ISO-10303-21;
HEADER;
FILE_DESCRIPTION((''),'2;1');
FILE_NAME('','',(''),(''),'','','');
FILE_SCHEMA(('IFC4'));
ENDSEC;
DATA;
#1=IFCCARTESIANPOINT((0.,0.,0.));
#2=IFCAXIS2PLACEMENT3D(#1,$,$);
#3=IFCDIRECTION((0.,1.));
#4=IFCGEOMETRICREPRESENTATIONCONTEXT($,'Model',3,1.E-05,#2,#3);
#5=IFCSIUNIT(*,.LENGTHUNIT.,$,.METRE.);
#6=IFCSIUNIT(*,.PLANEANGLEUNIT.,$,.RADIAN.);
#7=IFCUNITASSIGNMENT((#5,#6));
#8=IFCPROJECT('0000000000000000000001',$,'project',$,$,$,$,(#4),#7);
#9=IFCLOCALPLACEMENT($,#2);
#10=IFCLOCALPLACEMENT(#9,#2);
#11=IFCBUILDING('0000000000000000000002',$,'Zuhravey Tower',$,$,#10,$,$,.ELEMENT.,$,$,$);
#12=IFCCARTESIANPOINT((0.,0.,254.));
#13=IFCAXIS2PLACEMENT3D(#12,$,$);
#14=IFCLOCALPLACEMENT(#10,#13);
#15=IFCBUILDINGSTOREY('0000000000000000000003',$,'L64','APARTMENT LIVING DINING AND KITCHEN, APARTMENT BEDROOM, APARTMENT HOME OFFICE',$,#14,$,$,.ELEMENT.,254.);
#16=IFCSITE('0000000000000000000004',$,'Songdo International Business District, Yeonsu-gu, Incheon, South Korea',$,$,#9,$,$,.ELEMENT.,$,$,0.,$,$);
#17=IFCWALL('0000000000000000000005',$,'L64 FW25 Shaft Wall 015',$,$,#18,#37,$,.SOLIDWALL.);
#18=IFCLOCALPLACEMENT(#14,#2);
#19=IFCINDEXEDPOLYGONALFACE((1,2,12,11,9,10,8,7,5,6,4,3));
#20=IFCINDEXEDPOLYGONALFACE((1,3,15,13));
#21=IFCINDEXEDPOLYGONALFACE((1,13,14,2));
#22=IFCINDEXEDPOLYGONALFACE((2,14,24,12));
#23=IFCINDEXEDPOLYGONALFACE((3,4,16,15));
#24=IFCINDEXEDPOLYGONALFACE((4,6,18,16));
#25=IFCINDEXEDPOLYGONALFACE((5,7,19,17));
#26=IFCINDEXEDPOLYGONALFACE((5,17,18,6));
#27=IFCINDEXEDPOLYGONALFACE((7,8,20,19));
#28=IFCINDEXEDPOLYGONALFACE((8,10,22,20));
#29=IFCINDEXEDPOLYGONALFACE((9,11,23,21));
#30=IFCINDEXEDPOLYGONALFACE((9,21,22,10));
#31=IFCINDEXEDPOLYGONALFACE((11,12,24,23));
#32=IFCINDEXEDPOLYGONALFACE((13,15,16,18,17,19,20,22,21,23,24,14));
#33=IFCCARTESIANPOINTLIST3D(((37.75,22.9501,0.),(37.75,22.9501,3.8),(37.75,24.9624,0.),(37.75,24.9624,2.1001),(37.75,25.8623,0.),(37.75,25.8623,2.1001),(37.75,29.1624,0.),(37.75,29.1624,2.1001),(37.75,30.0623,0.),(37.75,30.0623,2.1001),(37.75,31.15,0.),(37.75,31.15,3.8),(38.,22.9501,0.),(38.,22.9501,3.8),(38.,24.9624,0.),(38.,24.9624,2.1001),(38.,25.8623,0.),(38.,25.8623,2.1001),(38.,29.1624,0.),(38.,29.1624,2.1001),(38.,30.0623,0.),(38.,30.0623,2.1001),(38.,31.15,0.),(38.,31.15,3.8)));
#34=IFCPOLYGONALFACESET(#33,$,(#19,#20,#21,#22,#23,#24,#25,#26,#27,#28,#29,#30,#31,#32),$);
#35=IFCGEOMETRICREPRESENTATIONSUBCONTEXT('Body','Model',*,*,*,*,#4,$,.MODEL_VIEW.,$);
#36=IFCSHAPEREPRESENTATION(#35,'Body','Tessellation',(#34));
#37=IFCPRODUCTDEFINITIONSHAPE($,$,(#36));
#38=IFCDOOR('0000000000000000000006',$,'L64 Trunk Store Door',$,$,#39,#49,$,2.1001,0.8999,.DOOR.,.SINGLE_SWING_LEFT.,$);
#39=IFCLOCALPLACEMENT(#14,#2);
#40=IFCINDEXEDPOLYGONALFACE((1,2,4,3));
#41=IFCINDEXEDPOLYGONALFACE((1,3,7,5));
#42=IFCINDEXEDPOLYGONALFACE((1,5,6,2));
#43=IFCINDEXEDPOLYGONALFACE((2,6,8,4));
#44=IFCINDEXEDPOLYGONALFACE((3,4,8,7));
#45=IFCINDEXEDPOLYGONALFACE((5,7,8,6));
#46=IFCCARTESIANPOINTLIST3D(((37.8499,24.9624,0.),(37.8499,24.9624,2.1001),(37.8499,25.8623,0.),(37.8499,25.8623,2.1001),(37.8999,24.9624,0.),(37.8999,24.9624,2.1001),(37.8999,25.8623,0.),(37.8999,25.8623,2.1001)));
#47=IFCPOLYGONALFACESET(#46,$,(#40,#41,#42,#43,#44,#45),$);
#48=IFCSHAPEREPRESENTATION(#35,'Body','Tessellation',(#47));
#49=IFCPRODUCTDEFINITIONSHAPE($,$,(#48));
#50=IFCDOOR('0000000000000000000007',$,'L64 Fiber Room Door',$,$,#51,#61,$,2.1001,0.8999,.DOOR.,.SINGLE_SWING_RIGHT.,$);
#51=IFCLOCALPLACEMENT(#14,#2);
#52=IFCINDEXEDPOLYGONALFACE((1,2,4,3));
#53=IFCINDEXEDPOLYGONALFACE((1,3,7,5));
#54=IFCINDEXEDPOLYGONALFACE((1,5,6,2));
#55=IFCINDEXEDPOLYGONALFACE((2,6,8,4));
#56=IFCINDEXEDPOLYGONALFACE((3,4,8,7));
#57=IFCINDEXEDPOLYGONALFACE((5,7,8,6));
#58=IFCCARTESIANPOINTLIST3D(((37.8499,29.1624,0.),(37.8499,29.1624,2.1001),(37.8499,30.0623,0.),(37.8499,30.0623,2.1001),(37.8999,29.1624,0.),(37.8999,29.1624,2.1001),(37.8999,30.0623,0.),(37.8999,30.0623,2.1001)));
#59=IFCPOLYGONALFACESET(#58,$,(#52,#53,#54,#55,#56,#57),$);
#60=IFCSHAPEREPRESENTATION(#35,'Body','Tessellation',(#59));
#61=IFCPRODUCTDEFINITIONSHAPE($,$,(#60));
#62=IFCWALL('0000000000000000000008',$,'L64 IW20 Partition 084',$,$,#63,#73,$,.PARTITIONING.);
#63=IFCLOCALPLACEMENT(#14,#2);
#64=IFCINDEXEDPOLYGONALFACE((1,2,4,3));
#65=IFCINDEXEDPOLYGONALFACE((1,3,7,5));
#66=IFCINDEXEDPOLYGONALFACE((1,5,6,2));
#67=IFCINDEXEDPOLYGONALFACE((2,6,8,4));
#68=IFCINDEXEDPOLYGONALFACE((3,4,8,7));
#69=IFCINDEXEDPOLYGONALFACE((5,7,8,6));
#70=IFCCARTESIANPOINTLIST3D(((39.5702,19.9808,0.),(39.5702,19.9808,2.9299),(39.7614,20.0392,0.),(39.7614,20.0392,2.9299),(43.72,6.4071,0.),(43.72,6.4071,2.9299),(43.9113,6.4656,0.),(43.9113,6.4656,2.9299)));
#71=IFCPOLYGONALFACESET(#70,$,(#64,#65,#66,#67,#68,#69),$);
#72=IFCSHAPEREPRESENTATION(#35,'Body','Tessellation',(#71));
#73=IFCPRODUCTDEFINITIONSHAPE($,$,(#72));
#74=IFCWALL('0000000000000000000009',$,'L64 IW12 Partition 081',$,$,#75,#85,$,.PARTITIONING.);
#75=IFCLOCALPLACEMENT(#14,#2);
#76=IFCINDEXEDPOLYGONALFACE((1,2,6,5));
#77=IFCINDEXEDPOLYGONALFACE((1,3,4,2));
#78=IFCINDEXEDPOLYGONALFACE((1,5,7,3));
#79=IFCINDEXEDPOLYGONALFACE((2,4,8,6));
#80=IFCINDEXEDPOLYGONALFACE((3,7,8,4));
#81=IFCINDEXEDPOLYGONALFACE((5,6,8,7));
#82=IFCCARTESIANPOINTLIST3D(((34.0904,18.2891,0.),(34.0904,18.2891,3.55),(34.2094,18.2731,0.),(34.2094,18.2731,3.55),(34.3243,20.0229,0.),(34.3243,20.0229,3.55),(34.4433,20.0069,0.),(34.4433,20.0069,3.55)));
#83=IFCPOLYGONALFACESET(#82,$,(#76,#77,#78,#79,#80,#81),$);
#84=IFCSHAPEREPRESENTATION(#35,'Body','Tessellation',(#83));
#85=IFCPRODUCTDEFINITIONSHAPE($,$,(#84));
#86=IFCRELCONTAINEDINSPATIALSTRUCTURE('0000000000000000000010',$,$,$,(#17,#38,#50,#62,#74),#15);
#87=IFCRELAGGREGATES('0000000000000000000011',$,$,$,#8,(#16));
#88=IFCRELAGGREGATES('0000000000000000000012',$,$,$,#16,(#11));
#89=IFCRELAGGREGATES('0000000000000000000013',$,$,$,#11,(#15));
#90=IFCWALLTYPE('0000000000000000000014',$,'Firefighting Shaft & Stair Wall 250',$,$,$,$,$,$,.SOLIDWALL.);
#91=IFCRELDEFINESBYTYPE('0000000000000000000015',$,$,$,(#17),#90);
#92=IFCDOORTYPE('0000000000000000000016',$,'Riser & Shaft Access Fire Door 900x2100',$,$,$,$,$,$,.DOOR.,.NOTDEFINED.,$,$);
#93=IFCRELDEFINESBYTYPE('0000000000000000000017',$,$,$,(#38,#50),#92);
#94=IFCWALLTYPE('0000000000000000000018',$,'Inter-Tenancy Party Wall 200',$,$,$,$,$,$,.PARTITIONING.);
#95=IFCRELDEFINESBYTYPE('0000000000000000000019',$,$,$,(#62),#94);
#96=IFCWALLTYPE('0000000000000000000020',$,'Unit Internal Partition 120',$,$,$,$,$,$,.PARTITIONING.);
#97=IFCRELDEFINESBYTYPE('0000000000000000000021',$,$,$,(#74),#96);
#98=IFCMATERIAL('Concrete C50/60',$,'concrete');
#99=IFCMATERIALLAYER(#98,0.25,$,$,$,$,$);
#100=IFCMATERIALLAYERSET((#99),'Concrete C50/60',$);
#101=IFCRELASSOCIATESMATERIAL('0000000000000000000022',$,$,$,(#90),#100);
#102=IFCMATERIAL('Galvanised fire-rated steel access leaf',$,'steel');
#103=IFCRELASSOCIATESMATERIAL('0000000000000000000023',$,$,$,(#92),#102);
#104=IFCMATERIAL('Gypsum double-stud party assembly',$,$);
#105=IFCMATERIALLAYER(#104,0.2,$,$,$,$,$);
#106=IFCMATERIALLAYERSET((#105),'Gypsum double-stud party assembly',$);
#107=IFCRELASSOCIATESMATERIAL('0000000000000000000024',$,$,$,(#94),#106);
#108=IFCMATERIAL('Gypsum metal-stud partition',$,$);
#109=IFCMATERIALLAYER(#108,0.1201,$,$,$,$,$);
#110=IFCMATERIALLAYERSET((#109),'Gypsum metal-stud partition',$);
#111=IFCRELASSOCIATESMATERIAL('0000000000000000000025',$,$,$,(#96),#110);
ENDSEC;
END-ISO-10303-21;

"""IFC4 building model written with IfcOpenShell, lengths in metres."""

from ifc_helpers import new_model, si_unit, direction, frame, frame_2d, origin, place, context, subcontext, project, spatial, rectangle, extrude, material, layer, layer_set, type_object, element, fill, save


model = new_model("IFC4")

# Units and contexts
model_context = context("Model", 3, precision=1e-05, world=origin(), true_north=direction((0.0, 1.0)))
body_context = subcontext(model_context, "Body", "Model", "MODEL_VIEW")
ifc_project = project(units=[si_unit("LENGTHUNIT", "METRE"), si_unit("PLANEANGLEUNIT", "RADIAN")], contexts=[model_context])

# Site, building, storey
site_placement = place(None, origin())
site = spatial("IfcSite", under=ifc_project, at=site_placement, Name="Songdo International Business District, Yeonsu-gu, Incheon, South Korea", CompositionType="ELEMENT", RefElevation=0.0)
building_placement = place(site_placement, origin())
building = spatial("IfcBuilding", under=site, at=building_placement, Name="Zuhravey Tower", CompositionType="ELEMENT")
storey_placement = place(building_placement, frame((0.0, 0.0, 254.0)))
storey = spatial("IfcBuildingStorey", under=building, at=storey_placement, Name="L64", Description="APARTMENT LIVING DINING AND KITCHEN, APARTMENT BEDROOM, APARTMENT HOME OFFICE", CompositionType="ELEMENT", Elevation=254.0)

# Shared definitions
ifc_material_1 = material(Name="Concrete C50/60", Category="concrete")

# Shared definitions
ifc_layer_1 = layer(ifc_material_1, 0.25)
ifc_layer_set_1 = layer_set([ifc_layer_1], Name="Concrete C50/60")
wall_type_1 = type_object("IfcWallType", Name="Firefighting Shaft & Stair Wall 250", PredefinedType="SOLIDWALL", material=ifc_layer_set_1)

# Shared definitions
ifc_material_2 = material(Name="Galvanised fire-rated steel access leaf", Category="steel")
door_type_1 = type_object("IfcDoorType", Name="Riser & Shaft Access Fire Door 900x2100", OperationType="NOTDEFINED", PredefinedType="DOOR", material=ifc_material_2)

# Wall, openings, doors
wall_1_placement = place(storey_placement, frame((37.875, 22.95, 0.0), z_axis=(0.0, 0.0, 1.0), x_axis=(0.0, 1.0, 0.0)))
wall_1 = element("IfcWall", 1, at=wall_1_placement, inside=storey, type_object=wall_type_1, Name="L64 FW25 Shaft Wall 015", PredefinedType="SOLIDWALL", context=body_context, shape_type="SweptSolid", body=[
    extrude(rectangle(XDim=8.2, YDim=0.25, at=frame_2d((4.1001, 0.0))), origin(), (0.0, 0.0, 1.0), 3.8),
])
opening_1_placement = place(wall_1_placement, frame((2.0125, 0.0, 0.0)))
opening_1 = element("IfcOpeningElement", 2, at=opening_1_placement, cuts=wall_1, PredefinedType="OPENING", context=body_context, shape_type="SweptSolid", body=[
    extrude(rectangle(XDim=0.8999, YDim=2.1001, at=frame_2d((0.45, 1.05))), frame((0.0, 0.137, 0.0), z_axis=(0.0, -1.0, 0.0), x_axis=(1.0, 0.0, 0.0)), (0.0, 0.0, 1.0), 0.2739),
])
opening_2_placement = place(wall_1_placement, frame((6.2124, 0.0, 0.0)))
opening_2 = element("IfcOpeningElement", 3, at=opening_2_placement, cuts=wall_1, PredefinedType="OPENING", context=body_context, shape_type="SweptSolid", body=[
    extrude(rectangle(XDim=0.8999, YDim=2.1001, at=frame_2d((0.45, 1.05))), frame((0.0, 0.137, 0.0), z_axis=(0.0, -1.0, 0.0), x_axis=(1.0, 0.0, 0.0)), (0.0, 0.0, 1.0), 0.2739),
])
door_1_placement = place(opening_1_placement, frame((0.8999, 0.0, 0.0), z_axis=(0.0, 0.0, 1.0), x_axis=(-1.0, 0.0, 0.0)))
door_1 = element("IfcDoor", 4, at=door_1_placement, inside=storey, type_object=door_type_1, Name="L64 Trunk Store Door", OperationType="SINGLE_SWING_LEFT", OverallHeight=2.1001, OverallWidth=0.8999, PredefinedType="DOOR", context=body_context, shape_type="SweptSolid", body=[
    extrude(rectangle(XDim=0.8999, YDim=2.1001, at=frame_2d((0.45, 1.05))), frame((0.0, 0.0249, 0.0), z_axis=(0.0, -1.0, 0.0), x_axis=(1.0, 0.0, 0.0)), (0.0, 0.0, 1.0), 0.05),
])
fill(opening_1, door_1)
door_2_placement = place(opening_2_placement, frame((0.8999, 0.0, 0.0), z_axis=(0.0, 0.0, 1.0), x_axis=(-1.0, 0.0, 0.0)))
door_2 = element("IfcDoor", 5, at=door_2_placement, inside=storey, type_object=door_type_1, Name="L64 Fiber Room Door", OperationType="SINGLE_SWING_RIGHT", OverallHeight=2.1001, OverallWidth=0.8999, PredefinedType="DOOR", context=body_context, shape_type="SweptSolid", body=[
    extrude(rectangle(XDim=0.8999, YDim=2.1001, at=frame_2d((0.45, 1.05))), frame((0.0, 0.0249, 0.0), z_axis=(0.0, -1.0, 0.0), x_axis=(1.0, 0.0, 0.0)), (0.0, 0.0, 1.0), 0.05),
])
fill(opening_2, door_2)

# Walls
ifc_material_3 = material(Name="Gypsum double-stud party assembly")
ifc_layer_2 = layer(ifc_material_3, 0.2)
ifc_layer_set_2 = layer_set([ifc_layer_2], Name="Gypsum double-stud party assembly")
wall_type_2 = type_object("IfcWallType", Name="Inter-Tenancy Party Wall 200", PredefinedType="PARTITIONING", material=ifc_layer_set_2)
wall_2_placement = place(storey_placement, frame((39.6658, 20.01, 0.0), z_axis=(0.0, 0.0, 1.0), x_axis=(0.292371, -0.956305, 0.0)))
element("IfcWall", 6, at=wall_2_placement, inside=storey, type_object=wall_type_2, Name="L64 IW20 Partition 084", PredefinedType="PARTITIONING", context=body_context, shape_type="SweptSolid", body=[
    extrude(rectangle(XDim=14.1938, YDim=0.2, at=frame_2d((7.0969, 0.0))), origin(), (0.0, 0.0, 1.0), 2.9299),
])
ifc_material_4 = material(Name="Gypsum metal-stud partition")
ifc_layer_3 = layer(ifc_material_4, 0.1201)
ifc_layer_set_3 = layer_set([ifc_layer_3], Name="Gypsum metal-stud partition")
wall_type_3 = type_object("IfcWallType", Name="Unit Internal Partition 120", PredefinedType="PARTITIONING", material=ifc_layer_set_3)
wall_3_placement = place(storey_placement, frame((34.3838, 20.0149, 0.0), z_axis=(0.0, 0.0, 1.0), x_axis=(-0.133681, -0.991024, 0.0)))
element("IfcWall", 7, at=wall_3_placement, inside=storey, type_object=wall_type_3, Name="L64 IW12 Partition 081", PredefinedType="PARTITIONING", context=body_context, shape_type="SweptSolid", body=[
    extrude(rectangle(XDim=1.7495, YDim=0.1201, at=frame_2d((0.8748, 0.0))), origin(), (0.0, 0.0, 1.0), 3.55),
])

save(model, "model.ifc")
